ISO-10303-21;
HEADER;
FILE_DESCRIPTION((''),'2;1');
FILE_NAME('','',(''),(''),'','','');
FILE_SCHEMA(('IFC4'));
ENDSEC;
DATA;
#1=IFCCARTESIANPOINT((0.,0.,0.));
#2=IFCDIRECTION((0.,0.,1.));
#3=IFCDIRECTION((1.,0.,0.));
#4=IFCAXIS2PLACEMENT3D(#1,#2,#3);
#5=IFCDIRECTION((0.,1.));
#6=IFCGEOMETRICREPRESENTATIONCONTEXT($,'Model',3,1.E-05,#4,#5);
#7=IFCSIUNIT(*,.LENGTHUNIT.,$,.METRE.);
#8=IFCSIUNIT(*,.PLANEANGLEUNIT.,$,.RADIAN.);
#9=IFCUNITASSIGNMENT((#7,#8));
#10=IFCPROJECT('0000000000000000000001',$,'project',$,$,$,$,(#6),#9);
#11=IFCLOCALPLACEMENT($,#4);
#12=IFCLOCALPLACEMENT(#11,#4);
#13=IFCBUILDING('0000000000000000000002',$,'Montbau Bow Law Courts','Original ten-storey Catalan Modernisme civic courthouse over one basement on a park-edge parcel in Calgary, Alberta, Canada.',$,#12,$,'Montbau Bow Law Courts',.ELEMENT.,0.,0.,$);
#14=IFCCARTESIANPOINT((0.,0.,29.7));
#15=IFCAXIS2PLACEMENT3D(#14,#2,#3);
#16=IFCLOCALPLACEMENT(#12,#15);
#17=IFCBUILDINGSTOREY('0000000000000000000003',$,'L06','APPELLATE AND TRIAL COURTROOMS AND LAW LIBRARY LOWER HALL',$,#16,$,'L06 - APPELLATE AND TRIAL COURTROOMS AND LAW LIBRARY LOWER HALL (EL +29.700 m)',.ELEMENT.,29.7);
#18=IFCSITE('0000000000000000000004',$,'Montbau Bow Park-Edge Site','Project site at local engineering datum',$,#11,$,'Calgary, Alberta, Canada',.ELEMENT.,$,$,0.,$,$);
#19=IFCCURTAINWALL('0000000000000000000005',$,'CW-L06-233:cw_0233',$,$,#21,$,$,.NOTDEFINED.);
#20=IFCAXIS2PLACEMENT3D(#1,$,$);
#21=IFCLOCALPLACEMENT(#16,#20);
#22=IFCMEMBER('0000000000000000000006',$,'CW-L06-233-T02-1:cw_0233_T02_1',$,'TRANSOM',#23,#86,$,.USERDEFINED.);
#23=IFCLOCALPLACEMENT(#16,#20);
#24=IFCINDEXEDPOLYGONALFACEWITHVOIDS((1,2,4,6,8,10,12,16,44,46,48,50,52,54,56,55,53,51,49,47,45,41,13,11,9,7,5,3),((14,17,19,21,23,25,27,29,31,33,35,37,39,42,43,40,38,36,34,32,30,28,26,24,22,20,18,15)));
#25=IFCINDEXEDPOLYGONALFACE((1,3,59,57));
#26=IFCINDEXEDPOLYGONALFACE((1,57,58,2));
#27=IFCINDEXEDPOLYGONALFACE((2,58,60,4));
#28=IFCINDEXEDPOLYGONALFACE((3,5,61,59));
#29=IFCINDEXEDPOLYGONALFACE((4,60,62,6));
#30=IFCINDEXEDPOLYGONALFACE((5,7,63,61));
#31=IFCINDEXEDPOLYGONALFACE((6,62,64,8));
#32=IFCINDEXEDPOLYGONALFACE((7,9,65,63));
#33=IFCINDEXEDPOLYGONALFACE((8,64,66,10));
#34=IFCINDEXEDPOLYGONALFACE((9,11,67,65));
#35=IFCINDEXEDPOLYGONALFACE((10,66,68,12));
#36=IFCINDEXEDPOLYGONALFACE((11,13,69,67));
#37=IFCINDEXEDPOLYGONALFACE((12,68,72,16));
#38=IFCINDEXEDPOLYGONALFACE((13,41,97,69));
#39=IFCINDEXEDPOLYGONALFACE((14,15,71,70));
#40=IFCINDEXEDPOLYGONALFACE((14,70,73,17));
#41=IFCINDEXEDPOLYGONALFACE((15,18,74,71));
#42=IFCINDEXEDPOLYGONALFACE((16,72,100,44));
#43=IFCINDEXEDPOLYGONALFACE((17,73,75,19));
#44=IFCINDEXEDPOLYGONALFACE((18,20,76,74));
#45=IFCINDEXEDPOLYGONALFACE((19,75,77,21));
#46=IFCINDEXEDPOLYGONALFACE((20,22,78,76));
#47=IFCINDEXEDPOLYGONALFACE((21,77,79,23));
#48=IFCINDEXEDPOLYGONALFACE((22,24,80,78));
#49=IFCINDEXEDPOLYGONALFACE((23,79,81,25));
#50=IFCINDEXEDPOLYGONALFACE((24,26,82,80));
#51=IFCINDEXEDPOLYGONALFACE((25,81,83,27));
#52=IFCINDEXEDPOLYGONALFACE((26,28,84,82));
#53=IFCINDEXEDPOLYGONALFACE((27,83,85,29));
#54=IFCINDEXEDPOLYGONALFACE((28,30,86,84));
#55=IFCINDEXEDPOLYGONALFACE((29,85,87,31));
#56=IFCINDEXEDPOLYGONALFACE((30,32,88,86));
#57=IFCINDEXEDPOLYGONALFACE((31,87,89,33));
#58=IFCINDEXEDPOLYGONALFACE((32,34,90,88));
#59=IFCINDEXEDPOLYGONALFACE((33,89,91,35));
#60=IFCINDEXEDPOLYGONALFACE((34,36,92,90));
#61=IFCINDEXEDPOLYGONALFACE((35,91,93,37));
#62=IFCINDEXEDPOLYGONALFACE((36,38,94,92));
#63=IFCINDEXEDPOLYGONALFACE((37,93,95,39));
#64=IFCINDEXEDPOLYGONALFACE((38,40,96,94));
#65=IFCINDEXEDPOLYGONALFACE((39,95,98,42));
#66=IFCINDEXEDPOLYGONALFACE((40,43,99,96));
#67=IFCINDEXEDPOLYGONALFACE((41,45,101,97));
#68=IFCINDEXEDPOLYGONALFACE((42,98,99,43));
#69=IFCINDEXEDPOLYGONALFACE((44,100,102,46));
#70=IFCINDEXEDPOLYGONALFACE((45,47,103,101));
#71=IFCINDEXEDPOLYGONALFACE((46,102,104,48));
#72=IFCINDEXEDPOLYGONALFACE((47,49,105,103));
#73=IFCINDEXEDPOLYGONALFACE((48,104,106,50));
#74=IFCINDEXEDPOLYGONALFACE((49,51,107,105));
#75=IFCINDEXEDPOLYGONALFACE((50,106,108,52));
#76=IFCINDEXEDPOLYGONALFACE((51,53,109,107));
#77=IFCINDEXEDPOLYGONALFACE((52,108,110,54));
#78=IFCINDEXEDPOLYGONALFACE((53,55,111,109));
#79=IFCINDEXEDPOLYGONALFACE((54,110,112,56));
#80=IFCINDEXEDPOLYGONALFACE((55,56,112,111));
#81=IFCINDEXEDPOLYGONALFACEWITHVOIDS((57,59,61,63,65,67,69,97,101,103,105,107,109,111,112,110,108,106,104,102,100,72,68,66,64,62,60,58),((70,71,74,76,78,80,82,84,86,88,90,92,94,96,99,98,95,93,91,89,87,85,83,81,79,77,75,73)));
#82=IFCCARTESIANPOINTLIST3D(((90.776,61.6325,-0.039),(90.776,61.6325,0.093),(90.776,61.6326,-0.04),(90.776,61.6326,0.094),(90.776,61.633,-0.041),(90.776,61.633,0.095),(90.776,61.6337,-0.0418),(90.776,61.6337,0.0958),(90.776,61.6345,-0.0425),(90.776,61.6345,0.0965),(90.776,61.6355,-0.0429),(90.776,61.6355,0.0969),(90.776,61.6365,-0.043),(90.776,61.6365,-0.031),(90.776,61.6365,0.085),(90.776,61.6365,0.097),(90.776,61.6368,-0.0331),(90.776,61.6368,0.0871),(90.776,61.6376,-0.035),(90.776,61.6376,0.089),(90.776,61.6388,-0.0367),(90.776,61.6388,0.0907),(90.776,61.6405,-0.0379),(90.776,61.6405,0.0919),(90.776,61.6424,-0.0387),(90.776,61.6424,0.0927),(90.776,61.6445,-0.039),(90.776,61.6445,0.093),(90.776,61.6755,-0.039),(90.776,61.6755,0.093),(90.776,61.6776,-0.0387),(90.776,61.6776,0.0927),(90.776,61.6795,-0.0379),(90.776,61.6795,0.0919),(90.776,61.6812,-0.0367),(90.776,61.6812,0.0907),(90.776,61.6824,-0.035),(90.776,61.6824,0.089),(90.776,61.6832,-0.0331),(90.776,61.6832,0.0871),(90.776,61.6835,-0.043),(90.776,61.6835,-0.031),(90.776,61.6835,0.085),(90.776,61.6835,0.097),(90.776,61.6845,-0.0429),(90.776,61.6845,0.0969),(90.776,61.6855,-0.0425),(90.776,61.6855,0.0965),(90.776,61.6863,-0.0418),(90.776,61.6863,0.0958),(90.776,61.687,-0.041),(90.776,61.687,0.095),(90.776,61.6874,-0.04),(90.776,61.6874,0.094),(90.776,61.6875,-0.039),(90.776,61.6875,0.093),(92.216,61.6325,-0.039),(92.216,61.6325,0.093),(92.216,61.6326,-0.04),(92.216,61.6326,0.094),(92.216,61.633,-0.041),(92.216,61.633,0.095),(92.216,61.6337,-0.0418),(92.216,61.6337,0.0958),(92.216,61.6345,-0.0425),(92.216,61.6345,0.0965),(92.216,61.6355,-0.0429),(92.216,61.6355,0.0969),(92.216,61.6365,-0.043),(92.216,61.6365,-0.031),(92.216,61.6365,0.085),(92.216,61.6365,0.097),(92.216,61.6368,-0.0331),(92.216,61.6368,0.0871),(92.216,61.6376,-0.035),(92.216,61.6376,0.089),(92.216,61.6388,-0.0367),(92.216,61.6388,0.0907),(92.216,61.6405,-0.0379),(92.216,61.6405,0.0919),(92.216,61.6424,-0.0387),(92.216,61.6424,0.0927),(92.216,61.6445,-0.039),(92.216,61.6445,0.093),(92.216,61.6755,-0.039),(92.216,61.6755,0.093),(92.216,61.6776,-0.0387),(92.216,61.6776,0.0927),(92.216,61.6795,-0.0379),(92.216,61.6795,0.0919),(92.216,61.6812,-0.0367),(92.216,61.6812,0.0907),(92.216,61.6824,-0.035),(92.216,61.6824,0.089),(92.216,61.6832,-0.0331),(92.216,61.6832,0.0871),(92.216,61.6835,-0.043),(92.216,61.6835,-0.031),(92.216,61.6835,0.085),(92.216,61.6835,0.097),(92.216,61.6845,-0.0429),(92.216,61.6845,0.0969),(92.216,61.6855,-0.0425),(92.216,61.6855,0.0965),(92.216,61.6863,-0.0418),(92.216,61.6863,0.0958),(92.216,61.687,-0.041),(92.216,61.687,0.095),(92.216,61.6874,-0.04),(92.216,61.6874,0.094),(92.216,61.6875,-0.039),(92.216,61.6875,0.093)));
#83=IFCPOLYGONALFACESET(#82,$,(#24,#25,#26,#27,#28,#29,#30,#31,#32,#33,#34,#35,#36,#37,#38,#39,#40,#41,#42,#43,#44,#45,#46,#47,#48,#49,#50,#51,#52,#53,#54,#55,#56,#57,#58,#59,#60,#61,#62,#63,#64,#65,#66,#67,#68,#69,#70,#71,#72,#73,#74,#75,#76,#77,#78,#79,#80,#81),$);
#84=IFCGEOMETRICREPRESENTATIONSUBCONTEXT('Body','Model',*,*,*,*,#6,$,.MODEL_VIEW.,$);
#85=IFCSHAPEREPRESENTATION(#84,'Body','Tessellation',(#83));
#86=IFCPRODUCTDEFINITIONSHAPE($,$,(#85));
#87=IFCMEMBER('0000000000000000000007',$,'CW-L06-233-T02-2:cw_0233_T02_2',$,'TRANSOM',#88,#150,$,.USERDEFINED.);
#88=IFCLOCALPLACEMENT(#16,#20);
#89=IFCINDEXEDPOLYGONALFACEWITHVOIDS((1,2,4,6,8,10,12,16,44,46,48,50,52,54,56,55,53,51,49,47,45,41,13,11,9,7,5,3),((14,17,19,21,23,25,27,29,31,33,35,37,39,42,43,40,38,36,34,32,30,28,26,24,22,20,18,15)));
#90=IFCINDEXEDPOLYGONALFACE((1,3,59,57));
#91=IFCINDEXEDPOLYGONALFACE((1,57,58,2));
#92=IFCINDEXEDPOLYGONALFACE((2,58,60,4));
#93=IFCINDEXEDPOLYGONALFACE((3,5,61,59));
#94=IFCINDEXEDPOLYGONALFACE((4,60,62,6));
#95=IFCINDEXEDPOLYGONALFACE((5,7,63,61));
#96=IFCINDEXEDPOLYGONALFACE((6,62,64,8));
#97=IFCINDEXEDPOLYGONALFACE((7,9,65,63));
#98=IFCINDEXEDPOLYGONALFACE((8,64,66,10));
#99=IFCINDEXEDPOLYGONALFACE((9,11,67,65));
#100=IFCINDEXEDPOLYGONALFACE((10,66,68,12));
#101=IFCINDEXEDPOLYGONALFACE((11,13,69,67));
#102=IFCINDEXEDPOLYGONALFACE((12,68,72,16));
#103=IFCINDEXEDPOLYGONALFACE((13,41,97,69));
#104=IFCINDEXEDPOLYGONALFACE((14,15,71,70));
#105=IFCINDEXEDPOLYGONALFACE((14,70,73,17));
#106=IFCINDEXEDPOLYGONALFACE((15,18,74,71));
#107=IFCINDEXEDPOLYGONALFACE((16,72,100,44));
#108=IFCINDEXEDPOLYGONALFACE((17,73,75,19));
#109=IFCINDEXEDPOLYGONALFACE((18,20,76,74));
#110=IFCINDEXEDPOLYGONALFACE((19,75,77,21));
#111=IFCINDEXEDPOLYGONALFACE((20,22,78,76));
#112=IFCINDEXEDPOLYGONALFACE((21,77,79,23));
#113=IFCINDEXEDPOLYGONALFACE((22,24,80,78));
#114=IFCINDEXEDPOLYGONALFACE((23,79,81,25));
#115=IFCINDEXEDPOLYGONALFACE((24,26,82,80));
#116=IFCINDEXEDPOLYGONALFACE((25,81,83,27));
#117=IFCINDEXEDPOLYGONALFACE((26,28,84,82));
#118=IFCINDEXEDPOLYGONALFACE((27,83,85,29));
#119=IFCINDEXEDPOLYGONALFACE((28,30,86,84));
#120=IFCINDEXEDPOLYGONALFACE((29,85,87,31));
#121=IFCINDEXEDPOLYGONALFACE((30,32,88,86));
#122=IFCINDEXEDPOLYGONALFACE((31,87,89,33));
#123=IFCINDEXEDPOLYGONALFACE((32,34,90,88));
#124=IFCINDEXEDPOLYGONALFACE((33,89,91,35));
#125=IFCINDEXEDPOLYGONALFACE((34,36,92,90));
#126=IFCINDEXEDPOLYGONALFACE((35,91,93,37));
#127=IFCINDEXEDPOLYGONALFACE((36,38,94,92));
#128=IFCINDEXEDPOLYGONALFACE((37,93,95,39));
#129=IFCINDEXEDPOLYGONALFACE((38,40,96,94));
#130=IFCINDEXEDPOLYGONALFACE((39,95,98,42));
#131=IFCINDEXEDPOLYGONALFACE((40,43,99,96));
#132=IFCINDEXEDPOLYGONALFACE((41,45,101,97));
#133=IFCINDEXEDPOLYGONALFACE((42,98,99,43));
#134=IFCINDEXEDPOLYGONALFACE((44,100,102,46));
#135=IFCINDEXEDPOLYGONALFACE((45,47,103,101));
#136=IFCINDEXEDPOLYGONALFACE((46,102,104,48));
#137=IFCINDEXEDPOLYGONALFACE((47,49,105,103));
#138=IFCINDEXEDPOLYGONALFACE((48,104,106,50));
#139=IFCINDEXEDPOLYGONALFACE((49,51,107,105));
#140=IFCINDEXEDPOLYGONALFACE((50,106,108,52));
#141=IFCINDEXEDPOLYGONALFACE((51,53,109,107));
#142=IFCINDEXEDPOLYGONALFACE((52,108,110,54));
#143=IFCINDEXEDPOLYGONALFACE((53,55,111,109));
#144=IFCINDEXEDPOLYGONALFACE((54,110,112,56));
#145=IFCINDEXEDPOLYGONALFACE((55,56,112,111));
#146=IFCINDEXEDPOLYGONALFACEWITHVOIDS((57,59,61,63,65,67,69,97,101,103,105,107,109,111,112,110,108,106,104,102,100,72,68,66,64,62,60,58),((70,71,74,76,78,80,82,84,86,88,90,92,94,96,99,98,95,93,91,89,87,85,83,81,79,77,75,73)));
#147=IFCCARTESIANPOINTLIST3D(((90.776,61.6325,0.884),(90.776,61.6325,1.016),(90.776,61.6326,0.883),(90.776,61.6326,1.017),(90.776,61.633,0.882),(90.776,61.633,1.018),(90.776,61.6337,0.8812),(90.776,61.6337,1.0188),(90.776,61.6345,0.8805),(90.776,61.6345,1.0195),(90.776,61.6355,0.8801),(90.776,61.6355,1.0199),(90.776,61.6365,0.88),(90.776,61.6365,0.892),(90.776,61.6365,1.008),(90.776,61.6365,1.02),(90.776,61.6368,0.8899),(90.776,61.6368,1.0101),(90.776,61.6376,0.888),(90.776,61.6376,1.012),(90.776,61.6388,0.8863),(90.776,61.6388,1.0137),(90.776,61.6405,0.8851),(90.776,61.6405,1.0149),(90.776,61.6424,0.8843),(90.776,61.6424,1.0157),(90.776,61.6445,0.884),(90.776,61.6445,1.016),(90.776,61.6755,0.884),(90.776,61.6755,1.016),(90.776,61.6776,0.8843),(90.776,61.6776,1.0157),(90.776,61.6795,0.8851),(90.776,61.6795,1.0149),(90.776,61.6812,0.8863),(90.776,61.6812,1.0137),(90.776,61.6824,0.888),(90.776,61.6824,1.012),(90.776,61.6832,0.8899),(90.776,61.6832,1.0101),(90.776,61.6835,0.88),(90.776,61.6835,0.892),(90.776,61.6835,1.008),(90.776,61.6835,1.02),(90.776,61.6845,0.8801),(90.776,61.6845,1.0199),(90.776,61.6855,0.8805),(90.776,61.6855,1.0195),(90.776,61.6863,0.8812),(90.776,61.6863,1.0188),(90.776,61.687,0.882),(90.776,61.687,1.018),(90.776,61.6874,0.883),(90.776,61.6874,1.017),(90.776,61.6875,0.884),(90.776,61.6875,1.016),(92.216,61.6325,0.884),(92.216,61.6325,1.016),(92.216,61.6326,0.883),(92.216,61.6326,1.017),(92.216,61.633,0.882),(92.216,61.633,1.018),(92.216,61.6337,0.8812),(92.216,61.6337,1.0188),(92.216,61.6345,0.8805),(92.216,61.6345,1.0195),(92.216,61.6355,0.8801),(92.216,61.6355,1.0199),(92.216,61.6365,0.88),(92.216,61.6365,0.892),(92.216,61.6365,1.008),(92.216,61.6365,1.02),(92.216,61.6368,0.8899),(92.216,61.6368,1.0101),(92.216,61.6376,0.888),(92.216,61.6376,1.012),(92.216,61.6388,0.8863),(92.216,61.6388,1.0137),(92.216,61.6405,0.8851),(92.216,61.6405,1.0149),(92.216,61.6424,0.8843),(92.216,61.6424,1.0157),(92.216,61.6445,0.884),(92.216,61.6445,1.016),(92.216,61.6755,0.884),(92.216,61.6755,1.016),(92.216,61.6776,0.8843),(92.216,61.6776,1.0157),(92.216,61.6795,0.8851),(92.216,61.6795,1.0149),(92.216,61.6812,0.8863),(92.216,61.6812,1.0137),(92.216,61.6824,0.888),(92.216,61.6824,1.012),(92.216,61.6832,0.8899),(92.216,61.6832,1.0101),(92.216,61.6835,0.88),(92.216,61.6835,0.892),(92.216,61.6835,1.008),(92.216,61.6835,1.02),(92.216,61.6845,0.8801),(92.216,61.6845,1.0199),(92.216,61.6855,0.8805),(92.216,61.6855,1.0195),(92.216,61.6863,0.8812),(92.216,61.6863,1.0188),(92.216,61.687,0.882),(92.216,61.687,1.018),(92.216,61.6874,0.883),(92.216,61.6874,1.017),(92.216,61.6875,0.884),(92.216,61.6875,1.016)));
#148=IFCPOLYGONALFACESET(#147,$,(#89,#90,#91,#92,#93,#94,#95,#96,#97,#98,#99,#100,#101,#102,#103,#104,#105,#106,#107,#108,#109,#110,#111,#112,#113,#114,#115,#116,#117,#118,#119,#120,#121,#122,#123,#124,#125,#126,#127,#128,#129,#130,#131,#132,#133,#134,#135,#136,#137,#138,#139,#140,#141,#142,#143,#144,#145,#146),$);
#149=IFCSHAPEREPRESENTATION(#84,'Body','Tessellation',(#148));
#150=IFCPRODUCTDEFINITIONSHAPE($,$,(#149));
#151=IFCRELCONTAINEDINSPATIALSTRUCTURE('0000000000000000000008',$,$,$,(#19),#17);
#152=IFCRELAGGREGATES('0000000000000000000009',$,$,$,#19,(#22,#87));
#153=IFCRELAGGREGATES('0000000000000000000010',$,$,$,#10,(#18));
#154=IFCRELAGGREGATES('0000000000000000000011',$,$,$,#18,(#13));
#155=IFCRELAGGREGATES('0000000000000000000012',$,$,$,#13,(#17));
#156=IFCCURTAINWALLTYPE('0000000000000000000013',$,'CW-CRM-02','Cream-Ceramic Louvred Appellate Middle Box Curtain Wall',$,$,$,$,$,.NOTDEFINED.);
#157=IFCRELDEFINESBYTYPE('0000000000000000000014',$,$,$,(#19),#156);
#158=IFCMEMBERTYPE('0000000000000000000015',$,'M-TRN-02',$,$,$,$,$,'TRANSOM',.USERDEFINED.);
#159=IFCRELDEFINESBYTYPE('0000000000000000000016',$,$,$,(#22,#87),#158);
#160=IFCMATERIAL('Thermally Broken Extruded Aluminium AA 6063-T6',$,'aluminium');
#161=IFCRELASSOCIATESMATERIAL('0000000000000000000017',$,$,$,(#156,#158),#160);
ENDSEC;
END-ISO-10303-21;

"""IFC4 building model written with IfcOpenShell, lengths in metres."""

from ifc_helpers import new_model, si_unit, direction, frame, origin_with_axes, origin_2d_with_axis, place, context, subcontext, project, spatial, hollow_rectangle, extrude, material, material_profile, profile_set, type_object, element, aggregate, save


model = new_model("IFC4")

# Units and contexts
model_context = context("Model", 3, precision=1e-05, world=origin_with_axes(), true_north=direction((0.0, 1.0)))
body_context = subcontext(model_context, "Body", "Model", "MODEL_VIEW")
ifc_project = project(units=[si_unit("LENGTHUNIT", "METRE"), si_unit("PLANEANGLEUNIT", "RADIAN")], contexts=[model_context])

# Site, building, storey
site_placement = place(None, origin_with_axes())
site = spatial("IfcSite", under=ifc_project, at=site_placement, Name="Montbau Bow Park-Edge Site", Description="Project site at local engineering datum", LongName="Calgary, Alberta, Canada", CompositionType="ELEMENT", RefElevation=0.0)
building_placement = place(site_placement, origin_with_axes())
building = spatial("IfcBuilding", under=site, at=building_placement, Name="Montbau Bow Law Courts", Description="Original ten-storey Catalan Modernisme civic courthouse over one basement on a park-edge parcel in Calgary, Alberta, Canada.", LongName="Montbau Bow Law Courts", CompositionType="ELEMENT", ElevationOfRefHeight=0.0, ElevationOfTerrain=0.0)
storey_placement = place(building_placement, frame((0.0, 0.0, 29.7), z_axis=(0.0, 0.0, 1.0), x_axis=(1.0, 0.0, 0.0)))
storey = spatial("IfcBuildingStorey", under=building, at=storey_placement, Name="L06", Description="APPELLATE AND TRIAL COURTROOMS AND LAW LIBRARY LOWER HALL", LongName="L06 - APPELLATE AND TRIAL COURTROOMS AND LAW LIBRARY LOWER HALL (EL +29.700 m)", CompositionType="ELEMENT", Elevation=29.7)

# Curtain wall, members
ifc_material_1 = material(Name="Thermally Broken Extruded Aluminium AA 6063-T6", Category="aluminium")
curtain_wall_type = type_object("IfcCurtainWallType", Name="CW-CRM-02", Description="Cream-Ceramic Louvred Appellate Middle Box Curtain Wall", PredefinedType="NOTDEFINED", material=ifc_material_1)
curtain_wall_placement = place(None, frame((89.24, 61.66, 29.7), z_axis=(0.0, 0.0, 1.0), x_axis=(1.0, 0.0, 0.0)))
curtain_wall = element("IfcCurtainWall", 1, at=curtain_wall_placement, inside=storey, type_object=curtain_wall_type, Name="CW-L06-233:cw_0233", PredefinedType="NOTDEFINED")
ifc_material_profile_1 = material_profile(ifc_material_1, hollow_rectangle(XDim=0.055, YDim=0.14, WallThickness=0.004, InnerFilletRadius=0.008, OuterFilletRadius=0.004, at=origin_2d_with_axis()), Name="CWT-140X55", Category="Main", Priority=0)
ifc_profile_set_1 = profile_set([ifc_material_profile_1], Name="Thermally Broken Extruded Aluminium AA 6063-T6")
member_type_1 = type_object("IfcMemberType", Name="M-TRN-02", ElementType="TRANSOM", PredefinedType="USERDEFINED", material=ifc_profile_set_1)
member_1_placement = place(None, frame((90.776, 61.66, 29.727), z_axis=(1.0, 0.0, 0.0), x_axis=(0.0, 1.0, 0.0)))
member_1 = element("IfcMember", 2, at=member_1_placement, type_object=member_type_1, Name="CW-L06-233-T02-1:cw_0233_T02_1", ObjectType="TRANSOM", PredefinedType="USERDEFINED", context=body_context, shape_type="SweptSolid", body=[
    extrude(hollow_rectangle(XDim=0.055, YDim=0.14, WallThickness=0.004, InnerFilletRadius=0.008, OuterFilletRadius=0.004, at=origin_2d_with_axis()), origin_with_axes(), (0.0, 0.0, 1.0), 1.44),
])
member_2_placement = place(None, frame((90.776, 61.66, 30.65), z_axis=(1.0, 0.0, 0.0), x_axis=(0.0, 1.0, 0.0)))
member_2 = element("IfcMember", 3, at=member_2_placement, type_object=member_type_1, Name="CW-L06-233-T02-2:cw_0233_T02_2", ObjectType="TRANSOM", PredefinedType="USERDEFINED", context=body_context, shape_type="SweptSolid", body=[
    extrude(hollow_rectangle(XDim=0.055, YDim=0.14, WallThickness=0.004, InnerFilletRadius=0.008, OuterFilletRadius=0.004, at=origin_2d_with_axis()), origin_with_axes(), (0.0, 0.0, 1.0), 1.44),
])
aggregate(curtain_wall, [member_1, member_2])

save(model, "model.ifc")
